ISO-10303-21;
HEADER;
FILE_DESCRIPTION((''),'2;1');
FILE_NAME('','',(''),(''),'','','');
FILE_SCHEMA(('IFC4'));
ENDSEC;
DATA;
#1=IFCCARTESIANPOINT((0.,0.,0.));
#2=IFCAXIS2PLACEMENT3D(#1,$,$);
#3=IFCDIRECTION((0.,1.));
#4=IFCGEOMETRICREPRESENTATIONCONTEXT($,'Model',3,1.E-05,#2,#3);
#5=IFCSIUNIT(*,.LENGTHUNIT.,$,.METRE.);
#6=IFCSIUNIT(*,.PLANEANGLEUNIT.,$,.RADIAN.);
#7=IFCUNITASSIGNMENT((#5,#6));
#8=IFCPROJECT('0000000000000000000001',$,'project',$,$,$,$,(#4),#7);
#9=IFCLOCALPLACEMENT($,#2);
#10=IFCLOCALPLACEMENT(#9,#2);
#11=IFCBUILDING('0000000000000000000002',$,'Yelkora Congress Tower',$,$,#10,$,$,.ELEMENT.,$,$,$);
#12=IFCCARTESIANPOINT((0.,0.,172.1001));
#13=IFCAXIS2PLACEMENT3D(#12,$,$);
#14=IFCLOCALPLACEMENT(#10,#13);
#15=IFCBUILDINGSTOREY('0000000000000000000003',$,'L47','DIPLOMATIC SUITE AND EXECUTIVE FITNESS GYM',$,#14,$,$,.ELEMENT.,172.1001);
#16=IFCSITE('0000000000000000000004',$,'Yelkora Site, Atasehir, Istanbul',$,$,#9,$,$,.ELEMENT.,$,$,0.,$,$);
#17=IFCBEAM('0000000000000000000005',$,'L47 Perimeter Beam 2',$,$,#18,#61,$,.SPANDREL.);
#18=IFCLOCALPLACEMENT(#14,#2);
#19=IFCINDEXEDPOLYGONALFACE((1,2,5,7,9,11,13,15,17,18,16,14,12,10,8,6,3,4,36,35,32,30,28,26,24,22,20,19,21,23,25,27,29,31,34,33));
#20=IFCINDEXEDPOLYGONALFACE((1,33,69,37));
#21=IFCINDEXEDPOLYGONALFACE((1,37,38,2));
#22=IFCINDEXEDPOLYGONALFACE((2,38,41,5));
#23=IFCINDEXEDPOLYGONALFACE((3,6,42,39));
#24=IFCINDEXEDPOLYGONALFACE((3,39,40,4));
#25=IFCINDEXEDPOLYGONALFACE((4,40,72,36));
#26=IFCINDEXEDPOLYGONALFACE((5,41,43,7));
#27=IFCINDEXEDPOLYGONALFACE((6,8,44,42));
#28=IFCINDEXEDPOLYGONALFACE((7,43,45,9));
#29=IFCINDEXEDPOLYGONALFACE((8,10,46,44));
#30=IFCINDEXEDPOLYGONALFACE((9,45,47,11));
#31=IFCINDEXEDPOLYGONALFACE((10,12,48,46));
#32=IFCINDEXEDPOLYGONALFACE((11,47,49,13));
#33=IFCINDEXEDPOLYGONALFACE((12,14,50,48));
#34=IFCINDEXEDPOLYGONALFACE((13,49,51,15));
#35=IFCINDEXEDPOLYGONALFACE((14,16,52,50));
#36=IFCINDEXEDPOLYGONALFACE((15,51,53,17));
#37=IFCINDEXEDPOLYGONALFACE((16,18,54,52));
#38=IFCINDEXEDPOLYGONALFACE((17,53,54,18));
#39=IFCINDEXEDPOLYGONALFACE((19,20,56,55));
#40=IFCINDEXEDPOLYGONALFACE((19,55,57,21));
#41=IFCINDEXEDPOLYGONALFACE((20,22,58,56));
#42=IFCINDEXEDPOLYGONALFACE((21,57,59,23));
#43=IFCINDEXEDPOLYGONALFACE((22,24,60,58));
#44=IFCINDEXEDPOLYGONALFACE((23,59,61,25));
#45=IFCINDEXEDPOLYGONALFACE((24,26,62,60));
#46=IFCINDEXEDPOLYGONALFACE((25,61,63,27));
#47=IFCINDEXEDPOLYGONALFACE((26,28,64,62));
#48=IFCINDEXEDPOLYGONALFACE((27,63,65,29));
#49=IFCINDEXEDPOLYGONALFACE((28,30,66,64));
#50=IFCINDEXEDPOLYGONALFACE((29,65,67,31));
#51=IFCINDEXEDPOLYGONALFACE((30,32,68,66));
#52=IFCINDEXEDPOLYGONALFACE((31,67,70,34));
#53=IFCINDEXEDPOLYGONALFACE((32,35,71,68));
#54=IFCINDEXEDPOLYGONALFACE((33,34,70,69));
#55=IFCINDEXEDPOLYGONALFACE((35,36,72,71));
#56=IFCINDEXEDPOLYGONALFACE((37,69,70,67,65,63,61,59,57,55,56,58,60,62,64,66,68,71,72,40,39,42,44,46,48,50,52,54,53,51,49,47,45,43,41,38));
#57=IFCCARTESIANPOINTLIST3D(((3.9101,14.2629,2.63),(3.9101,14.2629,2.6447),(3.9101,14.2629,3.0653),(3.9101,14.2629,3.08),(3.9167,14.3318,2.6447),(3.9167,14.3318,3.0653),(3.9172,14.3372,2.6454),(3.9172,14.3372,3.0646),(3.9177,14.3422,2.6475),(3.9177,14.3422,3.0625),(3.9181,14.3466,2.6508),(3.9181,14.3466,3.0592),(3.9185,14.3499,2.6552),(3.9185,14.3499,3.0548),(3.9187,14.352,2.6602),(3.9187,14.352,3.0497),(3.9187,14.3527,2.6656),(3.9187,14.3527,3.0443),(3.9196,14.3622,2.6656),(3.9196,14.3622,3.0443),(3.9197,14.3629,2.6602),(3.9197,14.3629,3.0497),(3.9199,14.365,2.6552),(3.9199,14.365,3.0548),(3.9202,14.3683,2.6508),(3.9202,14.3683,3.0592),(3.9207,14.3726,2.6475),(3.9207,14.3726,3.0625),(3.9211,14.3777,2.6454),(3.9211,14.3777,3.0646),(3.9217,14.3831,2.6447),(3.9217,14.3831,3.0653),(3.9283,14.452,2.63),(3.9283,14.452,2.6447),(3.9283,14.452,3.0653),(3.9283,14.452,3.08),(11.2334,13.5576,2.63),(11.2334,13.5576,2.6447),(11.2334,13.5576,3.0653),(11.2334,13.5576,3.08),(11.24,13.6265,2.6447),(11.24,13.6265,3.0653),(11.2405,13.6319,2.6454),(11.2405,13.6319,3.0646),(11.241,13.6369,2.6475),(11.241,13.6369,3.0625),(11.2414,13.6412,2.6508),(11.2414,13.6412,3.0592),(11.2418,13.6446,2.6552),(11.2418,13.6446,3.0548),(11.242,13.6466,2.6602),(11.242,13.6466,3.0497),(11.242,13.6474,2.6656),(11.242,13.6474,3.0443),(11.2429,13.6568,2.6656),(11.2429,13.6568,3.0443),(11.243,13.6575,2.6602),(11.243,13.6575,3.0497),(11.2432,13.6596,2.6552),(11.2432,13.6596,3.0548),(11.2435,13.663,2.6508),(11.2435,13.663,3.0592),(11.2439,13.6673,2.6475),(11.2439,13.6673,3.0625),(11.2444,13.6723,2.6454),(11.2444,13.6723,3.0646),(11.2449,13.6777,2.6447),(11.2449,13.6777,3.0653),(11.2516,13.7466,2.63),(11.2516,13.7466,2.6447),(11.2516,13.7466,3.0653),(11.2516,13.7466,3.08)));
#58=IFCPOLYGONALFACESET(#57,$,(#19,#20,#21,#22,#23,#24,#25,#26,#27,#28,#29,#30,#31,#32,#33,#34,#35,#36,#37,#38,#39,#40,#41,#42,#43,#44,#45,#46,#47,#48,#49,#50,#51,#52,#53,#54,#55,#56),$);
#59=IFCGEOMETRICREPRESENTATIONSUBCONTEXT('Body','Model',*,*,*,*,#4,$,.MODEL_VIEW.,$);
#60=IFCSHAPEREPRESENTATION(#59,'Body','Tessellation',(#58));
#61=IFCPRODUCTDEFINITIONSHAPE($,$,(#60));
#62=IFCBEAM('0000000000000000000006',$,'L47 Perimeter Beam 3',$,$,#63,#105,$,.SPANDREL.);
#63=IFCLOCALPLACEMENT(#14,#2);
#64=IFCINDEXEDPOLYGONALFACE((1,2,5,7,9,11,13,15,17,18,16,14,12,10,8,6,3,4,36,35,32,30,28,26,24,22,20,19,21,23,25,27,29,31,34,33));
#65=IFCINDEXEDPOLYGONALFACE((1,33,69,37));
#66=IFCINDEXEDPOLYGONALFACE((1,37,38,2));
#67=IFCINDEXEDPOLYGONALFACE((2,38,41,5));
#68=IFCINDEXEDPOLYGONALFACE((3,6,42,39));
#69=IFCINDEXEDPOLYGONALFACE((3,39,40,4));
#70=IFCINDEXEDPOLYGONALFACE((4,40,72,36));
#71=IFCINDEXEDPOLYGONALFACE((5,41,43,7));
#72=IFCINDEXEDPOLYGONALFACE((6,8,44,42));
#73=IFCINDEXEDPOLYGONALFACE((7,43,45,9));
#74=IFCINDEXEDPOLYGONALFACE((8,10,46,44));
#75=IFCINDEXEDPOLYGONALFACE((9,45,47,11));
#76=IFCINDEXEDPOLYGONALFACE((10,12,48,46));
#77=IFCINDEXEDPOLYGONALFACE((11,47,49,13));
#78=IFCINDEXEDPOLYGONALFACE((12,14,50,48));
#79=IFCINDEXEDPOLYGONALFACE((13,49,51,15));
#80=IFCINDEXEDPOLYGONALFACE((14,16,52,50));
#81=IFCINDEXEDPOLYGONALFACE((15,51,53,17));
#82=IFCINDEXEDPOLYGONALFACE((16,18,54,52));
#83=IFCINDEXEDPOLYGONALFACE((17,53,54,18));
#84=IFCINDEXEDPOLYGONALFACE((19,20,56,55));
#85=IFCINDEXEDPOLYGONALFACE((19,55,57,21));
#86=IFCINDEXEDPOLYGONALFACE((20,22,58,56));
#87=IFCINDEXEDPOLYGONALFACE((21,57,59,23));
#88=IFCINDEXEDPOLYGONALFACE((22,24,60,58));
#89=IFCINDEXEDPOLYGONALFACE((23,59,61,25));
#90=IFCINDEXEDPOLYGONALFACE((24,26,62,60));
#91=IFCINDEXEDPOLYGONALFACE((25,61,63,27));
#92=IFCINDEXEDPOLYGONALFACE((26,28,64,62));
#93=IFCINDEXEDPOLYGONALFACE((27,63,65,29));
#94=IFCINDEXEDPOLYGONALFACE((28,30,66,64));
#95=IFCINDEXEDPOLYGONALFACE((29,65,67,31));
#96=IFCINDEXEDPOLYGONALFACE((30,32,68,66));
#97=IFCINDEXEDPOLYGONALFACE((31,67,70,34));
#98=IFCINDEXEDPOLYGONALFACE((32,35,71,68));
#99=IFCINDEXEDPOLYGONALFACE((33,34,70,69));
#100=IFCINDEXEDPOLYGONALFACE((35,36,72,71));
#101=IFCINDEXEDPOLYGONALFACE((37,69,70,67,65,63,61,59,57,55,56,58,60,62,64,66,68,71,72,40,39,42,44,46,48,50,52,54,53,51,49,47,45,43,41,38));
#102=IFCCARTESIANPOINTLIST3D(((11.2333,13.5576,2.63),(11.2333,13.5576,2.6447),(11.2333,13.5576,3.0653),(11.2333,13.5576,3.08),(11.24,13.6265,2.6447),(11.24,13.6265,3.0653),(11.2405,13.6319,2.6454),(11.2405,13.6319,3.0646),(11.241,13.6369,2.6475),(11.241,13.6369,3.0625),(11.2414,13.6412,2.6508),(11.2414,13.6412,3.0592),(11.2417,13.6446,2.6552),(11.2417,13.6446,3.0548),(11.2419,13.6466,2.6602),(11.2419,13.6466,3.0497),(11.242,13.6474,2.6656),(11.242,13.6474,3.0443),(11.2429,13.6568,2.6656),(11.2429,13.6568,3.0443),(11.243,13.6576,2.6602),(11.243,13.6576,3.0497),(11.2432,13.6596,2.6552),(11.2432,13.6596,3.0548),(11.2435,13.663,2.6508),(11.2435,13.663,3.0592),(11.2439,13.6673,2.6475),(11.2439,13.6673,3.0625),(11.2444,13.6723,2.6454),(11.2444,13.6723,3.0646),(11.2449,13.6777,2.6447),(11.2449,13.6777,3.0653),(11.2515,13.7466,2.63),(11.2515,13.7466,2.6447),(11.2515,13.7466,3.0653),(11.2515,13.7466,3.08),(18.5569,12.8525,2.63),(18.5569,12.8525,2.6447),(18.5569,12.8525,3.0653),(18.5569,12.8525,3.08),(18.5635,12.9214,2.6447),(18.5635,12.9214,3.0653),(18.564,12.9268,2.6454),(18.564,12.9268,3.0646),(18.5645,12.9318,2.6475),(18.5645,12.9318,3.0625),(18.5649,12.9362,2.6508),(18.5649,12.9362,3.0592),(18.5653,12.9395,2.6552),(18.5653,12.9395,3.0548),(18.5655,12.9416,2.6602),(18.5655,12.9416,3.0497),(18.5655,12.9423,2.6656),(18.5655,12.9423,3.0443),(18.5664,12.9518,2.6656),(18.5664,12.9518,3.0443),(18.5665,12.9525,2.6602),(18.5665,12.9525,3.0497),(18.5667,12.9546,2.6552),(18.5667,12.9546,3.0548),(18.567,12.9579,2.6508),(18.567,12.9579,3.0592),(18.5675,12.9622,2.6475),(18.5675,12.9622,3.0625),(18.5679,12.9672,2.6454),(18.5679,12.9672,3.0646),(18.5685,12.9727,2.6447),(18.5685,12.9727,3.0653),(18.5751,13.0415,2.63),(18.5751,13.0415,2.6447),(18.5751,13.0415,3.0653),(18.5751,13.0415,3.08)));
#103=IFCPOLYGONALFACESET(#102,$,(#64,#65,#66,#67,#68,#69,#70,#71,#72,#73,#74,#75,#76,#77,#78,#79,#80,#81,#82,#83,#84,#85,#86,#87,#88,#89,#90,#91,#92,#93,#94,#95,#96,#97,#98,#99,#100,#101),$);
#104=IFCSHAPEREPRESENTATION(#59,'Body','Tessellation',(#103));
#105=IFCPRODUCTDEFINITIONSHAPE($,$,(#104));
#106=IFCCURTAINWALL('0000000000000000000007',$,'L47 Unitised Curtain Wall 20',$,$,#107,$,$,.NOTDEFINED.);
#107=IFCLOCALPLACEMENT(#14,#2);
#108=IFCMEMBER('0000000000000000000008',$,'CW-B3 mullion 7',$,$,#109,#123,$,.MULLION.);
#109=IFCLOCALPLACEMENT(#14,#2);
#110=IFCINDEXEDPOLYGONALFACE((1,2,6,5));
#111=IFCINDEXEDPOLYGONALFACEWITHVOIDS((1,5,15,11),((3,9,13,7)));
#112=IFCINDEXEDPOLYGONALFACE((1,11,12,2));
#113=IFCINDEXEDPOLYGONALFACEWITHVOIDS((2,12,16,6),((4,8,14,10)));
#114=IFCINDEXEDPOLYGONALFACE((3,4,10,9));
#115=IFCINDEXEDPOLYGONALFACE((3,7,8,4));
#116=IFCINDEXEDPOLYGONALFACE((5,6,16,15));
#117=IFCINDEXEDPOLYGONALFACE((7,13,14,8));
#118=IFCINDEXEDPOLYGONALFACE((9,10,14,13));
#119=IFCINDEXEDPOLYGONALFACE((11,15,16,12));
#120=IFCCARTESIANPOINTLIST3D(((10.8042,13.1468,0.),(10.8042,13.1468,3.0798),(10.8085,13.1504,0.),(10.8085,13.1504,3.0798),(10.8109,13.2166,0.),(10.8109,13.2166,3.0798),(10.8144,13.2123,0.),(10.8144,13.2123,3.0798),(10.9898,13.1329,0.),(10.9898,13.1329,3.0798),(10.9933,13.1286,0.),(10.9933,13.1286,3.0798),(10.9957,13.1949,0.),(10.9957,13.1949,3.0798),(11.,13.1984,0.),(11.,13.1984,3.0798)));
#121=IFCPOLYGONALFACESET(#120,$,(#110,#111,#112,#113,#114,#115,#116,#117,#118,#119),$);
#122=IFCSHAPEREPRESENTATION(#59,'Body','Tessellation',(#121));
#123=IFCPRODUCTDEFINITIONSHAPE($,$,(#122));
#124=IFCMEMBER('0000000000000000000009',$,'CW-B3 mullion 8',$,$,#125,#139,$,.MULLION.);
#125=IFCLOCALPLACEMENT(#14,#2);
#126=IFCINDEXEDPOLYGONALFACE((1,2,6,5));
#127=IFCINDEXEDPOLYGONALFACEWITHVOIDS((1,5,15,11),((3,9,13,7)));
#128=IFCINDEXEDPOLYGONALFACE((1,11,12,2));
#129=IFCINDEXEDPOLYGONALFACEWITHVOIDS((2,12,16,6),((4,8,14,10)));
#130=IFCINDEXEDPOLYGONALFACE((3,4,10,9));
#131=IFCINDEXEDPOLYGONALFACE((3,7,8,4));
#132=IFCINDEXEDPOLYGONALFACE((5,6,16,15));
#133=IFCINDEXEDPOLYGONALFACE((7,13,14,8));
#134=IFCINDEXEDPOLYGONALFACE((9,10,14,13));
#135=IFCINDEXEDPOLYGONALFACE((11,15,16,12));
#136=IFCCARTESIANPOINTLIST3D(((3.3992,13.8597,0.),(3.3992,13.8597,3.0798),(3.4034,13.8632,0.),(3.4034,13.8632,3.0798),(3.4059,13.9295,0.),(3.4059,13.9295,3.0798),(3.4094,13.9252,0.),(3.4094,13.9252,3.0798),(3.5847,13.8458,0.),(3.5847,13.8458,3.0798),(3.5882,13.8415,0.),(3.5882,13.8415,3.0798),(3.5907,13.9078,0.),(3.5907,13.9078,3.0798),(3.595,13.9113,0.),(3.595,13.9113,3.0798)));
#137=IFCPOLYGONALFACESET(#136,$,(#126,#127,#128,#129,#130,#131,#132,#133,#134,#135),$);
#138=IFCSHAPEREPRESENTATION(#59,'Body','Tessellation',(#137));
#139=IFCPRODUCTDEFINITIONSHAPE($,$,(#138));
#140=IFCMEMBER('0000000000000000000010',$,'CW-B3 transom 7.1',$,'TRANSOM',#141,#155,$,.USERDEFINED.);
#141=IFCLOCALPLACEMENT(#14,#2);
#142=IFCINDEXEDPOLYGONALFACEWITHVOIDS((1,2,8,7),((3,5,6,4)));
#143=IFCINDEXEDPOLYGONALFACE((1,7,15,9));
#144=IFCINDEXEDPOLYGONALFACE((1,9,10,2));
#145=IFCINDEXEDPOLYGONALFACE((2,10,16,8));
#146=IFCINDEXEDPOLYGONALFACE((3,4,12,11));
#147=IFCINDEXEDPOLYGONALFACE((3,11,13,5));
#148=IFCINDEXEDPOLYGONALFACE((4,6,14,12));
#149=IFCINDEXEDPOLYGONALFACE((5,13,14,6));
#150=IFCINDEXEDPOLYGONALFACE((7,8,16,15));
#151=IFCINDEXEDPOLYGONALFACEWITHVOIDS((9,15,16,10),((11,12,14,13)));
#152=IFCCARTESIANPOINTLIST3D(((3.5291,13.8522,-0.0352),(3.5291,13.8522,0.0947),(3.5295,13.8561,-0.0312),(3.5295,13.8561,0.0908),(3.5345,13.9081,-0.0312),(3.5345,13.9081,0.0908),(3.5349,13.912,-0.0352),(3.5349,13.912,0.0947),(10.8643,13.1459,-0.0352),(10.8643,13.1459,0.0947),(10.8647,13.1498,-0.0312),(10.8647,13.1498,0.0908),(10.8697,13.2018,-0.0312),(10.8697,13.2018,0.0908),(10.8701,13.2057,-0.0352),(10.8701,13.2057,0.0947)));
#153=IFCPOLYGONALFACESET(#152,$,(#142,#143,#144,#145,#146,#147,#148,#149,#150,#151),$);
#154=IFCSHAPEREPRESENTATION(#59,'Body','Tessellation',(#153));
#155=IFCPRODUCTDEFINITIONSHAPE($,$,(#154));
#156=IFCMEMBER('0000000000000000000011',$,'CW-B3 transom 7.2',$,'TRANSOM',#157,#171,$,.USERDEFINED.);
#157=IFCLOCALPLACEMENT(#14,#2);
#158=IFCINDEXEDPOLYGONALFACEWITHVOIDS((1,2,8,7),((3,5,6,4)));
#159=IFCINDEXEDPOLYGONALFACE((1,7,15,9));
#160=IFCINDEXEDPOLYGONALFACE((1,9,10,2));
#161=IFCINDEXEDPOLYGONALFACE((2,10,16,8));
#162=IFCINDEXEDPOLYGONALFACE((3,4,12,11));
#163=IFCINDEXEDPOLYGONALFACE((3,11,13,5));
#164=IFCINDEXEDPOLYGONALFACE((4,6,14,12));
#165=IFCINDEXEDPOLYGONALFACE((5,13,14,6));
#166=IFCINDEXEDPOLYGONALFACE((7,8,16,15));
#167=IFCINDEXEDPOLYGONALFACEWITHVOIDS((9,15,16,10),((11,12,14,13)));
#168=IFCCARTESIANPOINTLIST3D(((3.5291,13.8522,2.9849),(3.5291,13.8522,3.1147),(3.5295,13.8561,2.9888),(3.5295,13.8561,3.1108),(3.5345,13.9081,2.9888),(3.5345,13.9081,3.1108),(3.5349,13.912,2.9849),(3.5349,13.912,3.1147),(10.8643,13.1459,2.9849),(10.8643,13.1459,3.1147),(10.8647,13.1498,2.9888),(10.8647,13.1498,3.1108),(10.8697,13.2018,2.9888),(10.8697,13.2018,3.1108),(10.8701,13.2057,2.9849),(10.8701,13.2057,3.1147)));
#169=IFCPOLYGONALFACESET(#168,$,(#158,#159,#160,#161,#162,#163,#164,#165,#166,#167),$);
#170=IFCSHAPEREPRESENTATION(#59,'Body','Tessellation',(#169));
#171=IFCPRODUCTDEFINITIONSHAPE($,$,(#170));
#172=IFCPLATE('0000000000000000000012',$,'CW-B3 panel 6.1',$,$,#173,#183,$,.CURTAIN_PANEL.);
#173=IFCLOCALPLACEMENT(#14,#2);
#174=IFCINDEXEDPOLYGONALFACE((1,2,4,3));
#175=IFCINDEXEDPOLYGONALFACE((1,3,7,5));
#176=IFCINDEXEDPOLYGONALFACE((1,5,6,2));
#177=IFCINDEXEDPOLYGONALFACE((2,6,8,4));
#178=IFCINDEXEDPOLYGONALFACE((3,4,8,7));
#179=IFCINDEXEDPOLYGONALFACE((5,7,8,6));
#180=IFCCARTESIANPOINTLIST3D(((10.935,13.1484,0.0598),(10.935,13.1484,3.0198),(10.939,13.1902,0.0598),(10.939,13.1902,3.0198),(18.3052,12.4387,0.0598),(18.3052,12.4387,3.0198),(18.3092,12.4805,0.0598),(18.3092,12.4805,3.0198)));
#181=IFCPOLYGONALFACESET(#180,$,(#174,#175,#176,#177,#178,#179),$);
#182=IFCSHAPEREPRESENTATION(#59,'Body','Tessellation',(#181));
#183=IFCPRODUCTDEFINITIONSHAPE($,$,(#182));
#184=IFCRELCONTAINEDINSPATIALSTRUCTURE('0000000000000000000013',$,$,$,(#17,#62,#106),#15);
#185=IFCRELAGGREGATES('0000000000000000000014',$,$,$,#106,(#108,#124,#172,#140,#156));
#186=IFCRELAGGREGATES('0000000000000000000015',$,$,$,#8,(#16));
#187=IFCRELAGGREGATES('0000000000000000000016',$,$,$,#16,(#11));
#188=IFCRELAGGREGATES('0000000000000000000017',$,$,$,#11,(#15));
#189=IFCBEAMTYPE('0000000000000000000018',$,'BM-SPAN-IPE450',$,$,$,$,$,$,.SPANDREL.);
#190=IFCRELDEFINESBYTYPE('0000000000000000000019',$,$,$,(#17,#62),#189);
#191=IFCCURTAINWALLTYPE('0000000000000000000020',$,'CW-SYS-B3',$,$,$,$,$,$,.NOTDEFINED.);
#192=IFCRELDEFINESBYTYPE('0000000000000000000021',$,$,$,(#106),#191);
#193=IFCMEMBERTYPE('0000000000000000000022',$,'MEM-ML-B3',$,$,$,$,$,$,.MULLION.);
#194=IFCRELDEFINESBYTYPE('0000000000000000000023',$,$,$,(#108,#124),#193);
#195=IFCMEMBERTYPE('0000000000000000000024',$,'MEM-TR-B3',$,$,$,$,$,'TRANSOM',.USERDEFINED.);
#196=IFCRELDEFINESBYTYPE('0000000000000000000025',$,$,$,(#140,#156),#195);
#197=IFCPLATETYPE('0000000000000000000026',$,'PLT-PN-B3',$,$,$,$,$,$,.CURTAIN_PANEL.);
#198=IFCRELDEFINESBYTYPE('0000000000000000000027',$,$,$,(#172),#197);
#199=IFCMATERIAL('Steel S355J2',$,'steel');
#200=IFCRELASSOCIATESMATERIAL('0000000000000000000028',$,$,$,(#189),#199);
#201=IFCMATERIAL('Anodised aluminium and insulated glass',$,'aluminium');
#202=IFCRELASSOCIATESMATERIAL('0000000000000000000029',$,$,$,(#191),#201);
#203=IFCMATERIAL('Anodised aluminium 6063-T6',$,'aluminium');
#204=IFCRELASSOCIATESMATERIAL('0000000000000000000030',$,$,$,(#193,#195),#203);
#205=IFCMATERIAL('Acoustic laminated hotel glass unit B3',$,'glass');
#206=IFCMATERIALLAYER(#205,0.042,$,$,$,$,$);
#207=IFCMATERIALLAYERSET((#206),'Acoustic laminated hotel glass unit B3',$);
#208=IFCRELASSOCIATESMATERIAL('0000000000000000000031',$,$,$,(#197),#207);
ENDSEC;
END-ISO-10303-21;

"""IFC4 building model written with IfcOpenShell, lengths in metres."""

from ifc_helpers import new_model, si_unit, direction, frame, origin, origin_2d, place, context, subcontext, project, spatial, rectangle, hollow_rectangle, i_section, extrude, material, layer, layer_set, material_profile, profile_set, type_object, element, aggregate, save


model = new_model("IFC4")

# Units and contexts
model_context = context("Model", 3, precision=1e-05, world=origin(), true_north=direction((0.0, 1.0)))
body_context = subcontext(model_context, "Body", "Model", "MODEL_VIEW")
ifc_project = project(units=[si_unit("LENGTHUNIT", "METRE"), si_unit("PLANEANGLEUNIT", "RADIAN")], contexts=[model_context])

# Site, building, storey
site_placement = place(None, origin())
site = spatial("IfcSite", under=ifc_project, at=site_placement, Name="Yelkora Site, Atasehir, Istanbul", CompositionType="ELEMENT", RefElevation=0.0)
building_placement = place(site_placement, origin())
building = spatial("IfcBuilding", under=site, at=building_placement, Name="Yelkora Congress Tower", CompositionType="ELEMENT")
storey_placement = place(building_placement, frame((0.0, 0.0, 172.1001)))
storey = spatial("IfcBuildingStorey", under=building, at=storey_placement, Name="L47", Description="DIPLOMATIC SUITE AND EXECUTIVE FITNESS GYM", CompositionType="ELEMENT", Elevation=172.1001)

# Beams
ifc_material_1 = material(Name="Steel S355J2", Category="steel")
ifc_material_profile_1 = material_profile(ifc_material_1, i_section(OverallWidth=0.1899, OverallDepth=0.45, WebThickness=0.0095, FlangeThickness=0.0146, FilletRadius=0.021, at=origin_2d()), Name="IPE 450")
ifc_profile_set_1 = profile_set([ifc_material_profile_1], Name="Steel S355J2")
beam_type_1 = type_object("IfcBeamType", Name="BM-SPAN-IPE450", PredefinedType="SPANDREL", material=ifc_profile_set_1)
beam_1_placement = place(storey_placement, frame((3.9192, 14.3574, 2.855), z_axis=(0.995394, -0.095869, 0.0), x_axis=(0.095869, 0.995394, 0.0)))
element("IfcBeam", 1, at=beam_1_placement, inside=storey, type_object=beam_type_1, Name="L47 Perimeter Beam 2", PredefinedType="SPANDREL", context=body_context, shape_type="SweptSolid", body=[
    extrude(i_section(OverallWidth=0.1899, OverallDepth=0.45, WebThickness=0.0095, FlangeThickness=0.0146, FilletRadius=0.021, at=origin_2d()), origin(), (0.0, 0.0, 1.0), 7.3572),
])
beam_2_placement = place(storey_placement, frame((11.2424, 13.6521, 2.855), z_axis=(0.995397, -0.095833, 0.0), x_axis=(0.095833, 0.995397, 0.0)))
element("IfcBeam", 2, at=beam_2_placement, inside=storey, type_object=beam_type_1, Name="L47 Perimeter Beam 3", PredefinedType="SPANDREL", context=body_context, shape_type="SweptSolid", body=[
    extrude(i_section(OverallWidth=0.1899, OverallDepth=0.45, WebThickness=0.0095, FlangeThickness=0.0146, FilletRadius=0.021, at=origin_2d()), origin(), (0.0, 0.0, 1.0), 7.3574),
])

# Curtain wall, members, plate
ifc_material_2 = material(Name="Anodised aluminium and insulated glass", Category="aluminium")
curtain_wall_type = type_object("IfcCurtainWallType", Name="CW-SYS-B3", PredefinedType="NOTDEFINED", material=ifc_material_2)
curtain_wall_placement = place(storey_placement, origin())
curtain_wall = element("IfcCurtainWall", 3, at=curtain_wall_placement, inside=storey, type_object=curtain_wall_type, Name="L47 Unitised Curtain Wall 20", PredefinedType="NOTDEFINED")
ifc_material_3 = material(Name="Anodised aluminium 6063-T6", Category="aluminium")
ifc_material_profile_2 = material_profile(ifc_material_3, hollow_rectangle(XDim=0.0701, YDim=0.1899, WallThickness=0.0039, at=origin_2d()), Name="ALU 70x190x4")
ifc_profile_set_2 = profile_set([ifc_material_profile_2], Name="Anodised aluminium 6063-T6")
member_type_1 = type_object("IfcMemberType", Name="MEM-ML-B3", PredefinedType="MULLION", material=ifc_profile_set_2)
member_1_placement = place(storey_placement, frame((10.9021, 13.1726, 0.0), z_axis=(0.0, 0.0, 1.0), x_axis=(-0.095845, -0.995396, 0.0)))
member_1 = element("IfcMember", 4, at=member_1_placement, type_object=member_type_1, Name="CW-B3 mullion 7", PredefinedType="MULLION", context=body_context, shape_type="SweptSolid", body=[
    extrude(hollow_rectangle(XDim=0.0701, YDim=0.1899, WallThickness=0.0039, at=origin_2d()), origin(), (0.0, 0.0, 1.0), 3.0798),
])
member_2_placement = place(storey_placement, frame((3.4971, 13.8855, 0.0), z_axis=(0.0, 0.0, 1.0), x_axis=(-0.095845, -0.995396, 0.0)))
member_2 = element("IfcMember", 5, at=member_2_placement, type_object=member_type_1, Name="CW-B3 mullion 8", PredefinedType="MULLION", context=body_context, shape_type="SweptSolid", body=[
    extrude(hollow_rectangle(XDim=0.0701, YDim=0.1899, WallThickness=0.0039, at=origin_2d()), origin(), (0.0, 0.0, 1.0), 3.0798),
])
ifc_material_profile_3 = material_profile(ifc_material_3, hollow_rectangle(XDim=0.0601, YDim=0.1299, WallThickness=0.0039, at=origin_2d()), Name="ALU 60x130x4")
ifc_profile_set_3 = profile_set([ifc_material_profile_3], Name="Anodised aluminium 6063-T6")
member_type_2 = type_object("IfcMemberType", Name="MEM-TR-B3", ElementType="TRANSOM", PredefinedType="USERDEFINED", material=ifc_profile_set_3)
member_3_placement = place(storey_placement, frame((10.8672, 13.1758, 0.0298), z_axis=(-0.995396, 0.095846, 0.0), x_axis=(-0.095846, -0.995396, 0.0)))
member_3 = element("IfcMember", 6, at=member_3_placement, type_object=member_type_2, Name="CW-B3 transom 7.1", ObjectType="TRANSOM", PredefinedType="USERDEFINED", context=body_context, shape_type="SweptSolid", body=[
    extrude(hollow_rectangle(XDim=0.0601, YDim=0.1299, WallThickness=0.0039, at=origin_2d()), origin(), (0.0, 0.0, 1.0), 7.3691),
])
member_4_placement = place(storey_placement, frame((10.8672, 13.1758, 3.0498), z_axis=(-0.995396, 0.095846, 0.0), x_axis=(-0.095846, -0.995396, 0.0)))
member_4 = element("IfcMember", 7, at=member_4_placement, type_object=member_type_2, Name="CW-B3 transom 7.2", ObjectType="TRANSOM", PredefinedType="USERDEFINED", context=body_context, shape_type="SweptSolid", body=[
    extrude(hollow_rectangle(XDim=0.0601, YDim=0.1299, WallThickness=0.0039, at=origin_2d()), origin(), (0.0, 0.0, 1.0), 7.3691),
])
ifc_material_4 = material(Name="Acoustic laminated hotel glass unit B3", Category="glass")
ifc_layer_1 = layer(ifc_material_4, 0.042)
ifc_layer_set_1 = layer_set([ifc_layer_1], Name="Acoustic laminated hotel glass unit B3")
plate_type = type_object("IfcPlateType", Name="PLT-PN-B3", PredefinedType="CURTAIN_PANEL", material=ifc_layer_set_1)
plate_1_placement = place(storey_placement, frame((14.6221, 12.8145, 0.0598), z_axis=(0.0, 0.0, 1.0), x_axis=(-0.995396, 0.095845, 0.0)))
plate_1 = element("IfcPlate", 8, at=plate_1_placement, type_object=plate_type, Name="CW-B3 panel 6.1", PredefinedType="CURTAIN_PANEL", context=body_context, shape_type="SweptSolid", body=[
    extrude(rectangle(XDim=7.4043, YDim=0.042, at=origin_2d()), origin(), (0.0, 0.0, 1.0), 2.96),
])
aggregate(curtain_wall, [member_1, member_2, plate_1, member_3, member_4])

save(model, "model.ifc")
